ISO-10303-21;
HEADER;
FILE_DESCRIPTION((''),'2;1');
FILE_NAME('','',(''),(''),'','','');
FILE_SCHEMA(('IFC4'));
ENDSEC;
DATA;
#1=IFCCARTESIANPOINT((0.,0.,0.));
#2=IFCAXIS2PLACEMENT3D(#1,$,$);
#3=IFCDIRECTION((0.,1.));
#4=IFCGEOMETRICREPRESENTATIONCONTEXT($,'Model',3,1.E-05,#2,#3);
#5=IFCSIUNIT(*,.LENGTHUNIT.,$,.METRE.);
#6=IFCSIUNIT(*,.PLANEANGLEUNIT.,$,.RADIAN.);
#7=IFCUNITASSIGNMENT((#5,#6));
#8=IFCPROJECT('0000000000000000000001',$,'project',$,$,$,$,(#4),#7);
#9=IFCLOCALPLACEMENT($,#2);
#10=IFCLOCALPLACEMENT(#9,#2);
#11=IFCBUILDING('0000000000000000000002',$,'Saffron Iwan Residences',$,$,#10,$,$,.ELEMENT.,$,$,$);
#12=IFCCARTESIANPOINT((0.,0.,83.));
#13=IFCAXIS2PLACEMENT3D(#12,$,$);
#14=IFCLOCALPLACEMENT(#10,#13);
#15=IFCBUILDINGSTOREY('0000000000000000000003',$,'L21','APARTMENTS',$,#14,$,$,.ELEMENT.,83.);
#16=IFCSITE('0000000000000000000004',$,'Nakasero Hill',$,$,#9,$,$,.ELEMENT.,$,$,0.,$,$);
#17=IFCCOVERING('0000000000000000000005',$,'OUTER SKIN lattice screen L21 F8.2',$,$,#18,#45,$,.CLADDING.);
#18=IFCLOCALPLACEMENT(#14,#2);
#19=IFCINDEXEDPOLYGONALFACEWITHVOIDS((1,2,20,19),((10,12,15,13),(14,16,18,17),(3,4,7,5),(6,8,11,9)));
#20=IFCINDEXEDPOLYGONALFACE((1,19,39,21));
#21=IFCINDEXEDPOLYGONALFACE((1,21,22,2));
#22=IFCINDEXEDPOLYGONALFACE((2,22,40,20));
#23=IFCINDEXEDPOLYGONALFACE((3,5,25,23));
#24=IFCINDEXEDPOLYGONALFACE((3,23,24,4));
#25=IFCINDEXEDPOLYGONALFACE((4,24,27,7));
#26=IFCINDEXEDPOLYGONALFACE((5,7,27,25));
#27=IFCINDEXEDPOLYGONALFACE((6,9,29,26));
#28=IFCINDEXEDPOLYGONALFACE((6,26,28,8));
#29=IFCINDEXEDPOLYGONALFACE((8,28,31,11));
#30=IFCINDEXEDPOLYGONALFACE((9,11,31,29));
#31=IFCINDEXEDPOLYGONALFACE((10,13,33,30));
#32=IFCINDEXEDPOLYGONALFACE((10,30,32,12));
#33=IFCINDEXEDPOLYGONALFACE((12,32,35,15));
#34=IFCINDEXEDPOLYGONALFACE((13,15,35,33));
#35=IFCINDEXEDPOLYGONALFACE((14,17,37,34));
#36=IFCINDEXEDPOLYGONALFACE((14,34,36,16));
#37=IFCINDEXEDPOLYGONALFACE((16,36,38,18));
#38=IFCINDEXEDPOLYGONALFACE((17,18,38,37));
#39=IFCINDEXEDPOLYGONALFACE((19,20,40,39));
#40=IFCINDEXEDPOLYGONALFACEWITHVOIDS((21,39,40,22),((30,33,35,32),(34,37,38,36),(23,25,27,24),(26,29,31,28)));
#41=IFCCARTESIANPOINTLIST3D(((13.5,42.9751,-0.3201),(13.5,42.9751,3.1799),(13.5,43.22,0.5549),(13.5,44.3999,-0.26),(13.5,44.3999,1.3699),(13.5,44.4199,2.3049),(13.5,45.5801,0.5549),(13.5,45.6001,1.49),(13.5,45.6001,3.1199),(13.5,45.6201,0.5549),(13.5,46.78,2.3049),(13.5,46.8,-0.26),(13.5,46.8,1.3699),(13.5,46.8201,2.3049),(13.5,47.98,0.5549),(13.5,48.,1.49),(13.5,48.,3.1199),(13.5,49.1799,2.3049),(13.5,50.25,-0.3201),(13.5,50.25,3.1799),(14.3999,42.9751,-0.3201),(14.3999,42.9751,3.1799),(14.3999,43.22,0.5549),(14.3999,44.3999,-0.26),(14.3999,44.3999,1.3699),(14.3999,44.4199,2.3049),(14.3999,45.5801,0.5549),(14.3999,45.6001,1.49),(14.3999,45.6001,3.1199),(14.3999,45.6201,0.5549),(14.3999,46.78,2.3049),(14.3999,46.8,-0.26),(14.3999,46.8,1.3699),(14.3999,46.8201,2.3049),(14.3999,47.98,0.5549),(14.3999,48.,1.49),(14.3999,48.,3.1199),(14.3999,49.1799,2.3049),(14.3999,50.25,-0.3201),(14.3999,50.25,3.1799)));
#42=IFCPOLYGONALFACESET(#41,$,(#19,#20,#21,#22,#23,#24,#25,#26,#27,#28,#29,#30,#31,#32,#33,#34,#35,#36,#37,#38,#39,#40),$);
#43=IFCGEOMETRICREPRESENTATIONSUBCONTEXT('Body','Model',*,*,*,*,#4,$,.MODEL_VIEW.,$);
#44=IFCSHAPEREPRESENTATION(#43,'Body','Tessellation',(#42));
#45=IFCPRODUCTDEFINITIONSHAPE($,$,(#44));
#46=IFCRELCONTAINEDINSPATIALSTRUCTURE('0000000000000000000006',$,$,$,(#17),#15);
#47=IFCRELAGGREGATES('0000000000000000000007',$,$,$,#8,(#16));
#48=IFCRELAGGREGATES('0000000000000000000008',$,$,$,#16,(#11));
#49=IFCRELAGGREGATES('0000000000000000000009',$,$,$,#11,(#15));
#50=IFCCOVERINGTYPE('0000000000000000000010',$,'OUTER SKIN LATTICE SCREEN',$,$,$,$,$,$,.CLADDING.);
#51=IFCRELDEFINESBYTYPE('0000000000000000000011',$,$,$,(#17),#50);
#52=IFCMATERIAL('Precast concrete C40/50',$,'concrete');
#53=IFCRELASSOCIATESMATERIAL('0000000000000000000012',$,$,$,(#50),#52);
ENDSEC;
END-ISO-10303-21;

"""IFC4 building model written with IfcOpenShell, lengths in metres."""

from ifc_helpers import new_model, si_unit, direction, frame, origin, place, context, subcontext, project, spatial, polyline, outline, extrude, material, type_object, element, save


model = new_model("IFC4")

# Units and contexts
model_context = context("Model", 3, precision=1e-05, world=origin(), true_north=direction((0.0, 1.0)))
body_context = subcontext(model_context, "Body", "Model", "MODEL_VIEW")
ifc_project = project(units=[si_unit("LENGTHUNIT", "METRE"), si_unit("PLANEANGLEUNIT", "RADIAN")], contexts=[model_context])

# Site, building, storey
site_placement = place(None, origin())
site = spatial("IfcSite", under=ifc_project, at=site_placement, Name="Nakasero Hill", CompositionType="ELEMENT", RefElevation=0.0)
building_placement = place(site_placement, origin())
building = spatial("IfcBuilding", under=site, at=building_placement, Name="Saffron Iwan Residences", CompositionType="ELEMENT")
storey_placement = place(building_placement, frame((0.0, 0.0, 83.0)))
storey = spatial("IfcBuildingStorey", under=building, at=storey_placement, Name="L21", Description="APARTMENTS", CompositionType="ELEMENT", Elevation=83.0)

# Covering
ifc_material_1 = material(Name="Precast concrete C40/50", Category="concrete")
covering_type = type_object("IfcCoveringType", Name="OUTER SKIN LATTICE SCREEN", PredefinedType="CLADDING", material=ifc_material_1)
covering_placement = place(storey_placement, frame((14.3999, 50.25, -0.3201), z_axis=(-1.0, 0.0, 0.0), x_axis=(0.0, -1.0, 0.0)))
element("IfcCovering", 1, at=covering_placement, inside=storey, type_object=covering_type, Name="OUTER SKIN lattice screen L21 F8.2", PredefinedType="CLADDING", context=body_context, shape_type="SweptSolid", body=[
    extrude(outline(polyline([(0.0, 0.0), (7.2749, 0.0), (7.2749, 3.5), (0.0, 3.5), (0.0, 0.0)]), holes=[polyline([(2.27, 0.875), (3.45, 0.0601), (4.6299, 0.875), (3.45, 1.6899), (2.27, 0.875)]), polyline([(4.6699, 0.875), (5.8501, 0.0601), (7.03, 0.875), (5.8501, 1.6899), (4.6699, 0.875)]), polyline([(1.0701, 2.625), (2.25, 1.8101), (3.4299, 2.625), (2.25, 3.4399), (1.0701, 2.625)]), polyline([(3.47, 2.625), (4.6499, 1.8101), (5.8301, 2.625), (4.6499, 3.4399), (3.47, 2.625)])]), origin(), (0.0, 0.0, 1.0), 0.8999),
])

save(model, "model.ifc")
